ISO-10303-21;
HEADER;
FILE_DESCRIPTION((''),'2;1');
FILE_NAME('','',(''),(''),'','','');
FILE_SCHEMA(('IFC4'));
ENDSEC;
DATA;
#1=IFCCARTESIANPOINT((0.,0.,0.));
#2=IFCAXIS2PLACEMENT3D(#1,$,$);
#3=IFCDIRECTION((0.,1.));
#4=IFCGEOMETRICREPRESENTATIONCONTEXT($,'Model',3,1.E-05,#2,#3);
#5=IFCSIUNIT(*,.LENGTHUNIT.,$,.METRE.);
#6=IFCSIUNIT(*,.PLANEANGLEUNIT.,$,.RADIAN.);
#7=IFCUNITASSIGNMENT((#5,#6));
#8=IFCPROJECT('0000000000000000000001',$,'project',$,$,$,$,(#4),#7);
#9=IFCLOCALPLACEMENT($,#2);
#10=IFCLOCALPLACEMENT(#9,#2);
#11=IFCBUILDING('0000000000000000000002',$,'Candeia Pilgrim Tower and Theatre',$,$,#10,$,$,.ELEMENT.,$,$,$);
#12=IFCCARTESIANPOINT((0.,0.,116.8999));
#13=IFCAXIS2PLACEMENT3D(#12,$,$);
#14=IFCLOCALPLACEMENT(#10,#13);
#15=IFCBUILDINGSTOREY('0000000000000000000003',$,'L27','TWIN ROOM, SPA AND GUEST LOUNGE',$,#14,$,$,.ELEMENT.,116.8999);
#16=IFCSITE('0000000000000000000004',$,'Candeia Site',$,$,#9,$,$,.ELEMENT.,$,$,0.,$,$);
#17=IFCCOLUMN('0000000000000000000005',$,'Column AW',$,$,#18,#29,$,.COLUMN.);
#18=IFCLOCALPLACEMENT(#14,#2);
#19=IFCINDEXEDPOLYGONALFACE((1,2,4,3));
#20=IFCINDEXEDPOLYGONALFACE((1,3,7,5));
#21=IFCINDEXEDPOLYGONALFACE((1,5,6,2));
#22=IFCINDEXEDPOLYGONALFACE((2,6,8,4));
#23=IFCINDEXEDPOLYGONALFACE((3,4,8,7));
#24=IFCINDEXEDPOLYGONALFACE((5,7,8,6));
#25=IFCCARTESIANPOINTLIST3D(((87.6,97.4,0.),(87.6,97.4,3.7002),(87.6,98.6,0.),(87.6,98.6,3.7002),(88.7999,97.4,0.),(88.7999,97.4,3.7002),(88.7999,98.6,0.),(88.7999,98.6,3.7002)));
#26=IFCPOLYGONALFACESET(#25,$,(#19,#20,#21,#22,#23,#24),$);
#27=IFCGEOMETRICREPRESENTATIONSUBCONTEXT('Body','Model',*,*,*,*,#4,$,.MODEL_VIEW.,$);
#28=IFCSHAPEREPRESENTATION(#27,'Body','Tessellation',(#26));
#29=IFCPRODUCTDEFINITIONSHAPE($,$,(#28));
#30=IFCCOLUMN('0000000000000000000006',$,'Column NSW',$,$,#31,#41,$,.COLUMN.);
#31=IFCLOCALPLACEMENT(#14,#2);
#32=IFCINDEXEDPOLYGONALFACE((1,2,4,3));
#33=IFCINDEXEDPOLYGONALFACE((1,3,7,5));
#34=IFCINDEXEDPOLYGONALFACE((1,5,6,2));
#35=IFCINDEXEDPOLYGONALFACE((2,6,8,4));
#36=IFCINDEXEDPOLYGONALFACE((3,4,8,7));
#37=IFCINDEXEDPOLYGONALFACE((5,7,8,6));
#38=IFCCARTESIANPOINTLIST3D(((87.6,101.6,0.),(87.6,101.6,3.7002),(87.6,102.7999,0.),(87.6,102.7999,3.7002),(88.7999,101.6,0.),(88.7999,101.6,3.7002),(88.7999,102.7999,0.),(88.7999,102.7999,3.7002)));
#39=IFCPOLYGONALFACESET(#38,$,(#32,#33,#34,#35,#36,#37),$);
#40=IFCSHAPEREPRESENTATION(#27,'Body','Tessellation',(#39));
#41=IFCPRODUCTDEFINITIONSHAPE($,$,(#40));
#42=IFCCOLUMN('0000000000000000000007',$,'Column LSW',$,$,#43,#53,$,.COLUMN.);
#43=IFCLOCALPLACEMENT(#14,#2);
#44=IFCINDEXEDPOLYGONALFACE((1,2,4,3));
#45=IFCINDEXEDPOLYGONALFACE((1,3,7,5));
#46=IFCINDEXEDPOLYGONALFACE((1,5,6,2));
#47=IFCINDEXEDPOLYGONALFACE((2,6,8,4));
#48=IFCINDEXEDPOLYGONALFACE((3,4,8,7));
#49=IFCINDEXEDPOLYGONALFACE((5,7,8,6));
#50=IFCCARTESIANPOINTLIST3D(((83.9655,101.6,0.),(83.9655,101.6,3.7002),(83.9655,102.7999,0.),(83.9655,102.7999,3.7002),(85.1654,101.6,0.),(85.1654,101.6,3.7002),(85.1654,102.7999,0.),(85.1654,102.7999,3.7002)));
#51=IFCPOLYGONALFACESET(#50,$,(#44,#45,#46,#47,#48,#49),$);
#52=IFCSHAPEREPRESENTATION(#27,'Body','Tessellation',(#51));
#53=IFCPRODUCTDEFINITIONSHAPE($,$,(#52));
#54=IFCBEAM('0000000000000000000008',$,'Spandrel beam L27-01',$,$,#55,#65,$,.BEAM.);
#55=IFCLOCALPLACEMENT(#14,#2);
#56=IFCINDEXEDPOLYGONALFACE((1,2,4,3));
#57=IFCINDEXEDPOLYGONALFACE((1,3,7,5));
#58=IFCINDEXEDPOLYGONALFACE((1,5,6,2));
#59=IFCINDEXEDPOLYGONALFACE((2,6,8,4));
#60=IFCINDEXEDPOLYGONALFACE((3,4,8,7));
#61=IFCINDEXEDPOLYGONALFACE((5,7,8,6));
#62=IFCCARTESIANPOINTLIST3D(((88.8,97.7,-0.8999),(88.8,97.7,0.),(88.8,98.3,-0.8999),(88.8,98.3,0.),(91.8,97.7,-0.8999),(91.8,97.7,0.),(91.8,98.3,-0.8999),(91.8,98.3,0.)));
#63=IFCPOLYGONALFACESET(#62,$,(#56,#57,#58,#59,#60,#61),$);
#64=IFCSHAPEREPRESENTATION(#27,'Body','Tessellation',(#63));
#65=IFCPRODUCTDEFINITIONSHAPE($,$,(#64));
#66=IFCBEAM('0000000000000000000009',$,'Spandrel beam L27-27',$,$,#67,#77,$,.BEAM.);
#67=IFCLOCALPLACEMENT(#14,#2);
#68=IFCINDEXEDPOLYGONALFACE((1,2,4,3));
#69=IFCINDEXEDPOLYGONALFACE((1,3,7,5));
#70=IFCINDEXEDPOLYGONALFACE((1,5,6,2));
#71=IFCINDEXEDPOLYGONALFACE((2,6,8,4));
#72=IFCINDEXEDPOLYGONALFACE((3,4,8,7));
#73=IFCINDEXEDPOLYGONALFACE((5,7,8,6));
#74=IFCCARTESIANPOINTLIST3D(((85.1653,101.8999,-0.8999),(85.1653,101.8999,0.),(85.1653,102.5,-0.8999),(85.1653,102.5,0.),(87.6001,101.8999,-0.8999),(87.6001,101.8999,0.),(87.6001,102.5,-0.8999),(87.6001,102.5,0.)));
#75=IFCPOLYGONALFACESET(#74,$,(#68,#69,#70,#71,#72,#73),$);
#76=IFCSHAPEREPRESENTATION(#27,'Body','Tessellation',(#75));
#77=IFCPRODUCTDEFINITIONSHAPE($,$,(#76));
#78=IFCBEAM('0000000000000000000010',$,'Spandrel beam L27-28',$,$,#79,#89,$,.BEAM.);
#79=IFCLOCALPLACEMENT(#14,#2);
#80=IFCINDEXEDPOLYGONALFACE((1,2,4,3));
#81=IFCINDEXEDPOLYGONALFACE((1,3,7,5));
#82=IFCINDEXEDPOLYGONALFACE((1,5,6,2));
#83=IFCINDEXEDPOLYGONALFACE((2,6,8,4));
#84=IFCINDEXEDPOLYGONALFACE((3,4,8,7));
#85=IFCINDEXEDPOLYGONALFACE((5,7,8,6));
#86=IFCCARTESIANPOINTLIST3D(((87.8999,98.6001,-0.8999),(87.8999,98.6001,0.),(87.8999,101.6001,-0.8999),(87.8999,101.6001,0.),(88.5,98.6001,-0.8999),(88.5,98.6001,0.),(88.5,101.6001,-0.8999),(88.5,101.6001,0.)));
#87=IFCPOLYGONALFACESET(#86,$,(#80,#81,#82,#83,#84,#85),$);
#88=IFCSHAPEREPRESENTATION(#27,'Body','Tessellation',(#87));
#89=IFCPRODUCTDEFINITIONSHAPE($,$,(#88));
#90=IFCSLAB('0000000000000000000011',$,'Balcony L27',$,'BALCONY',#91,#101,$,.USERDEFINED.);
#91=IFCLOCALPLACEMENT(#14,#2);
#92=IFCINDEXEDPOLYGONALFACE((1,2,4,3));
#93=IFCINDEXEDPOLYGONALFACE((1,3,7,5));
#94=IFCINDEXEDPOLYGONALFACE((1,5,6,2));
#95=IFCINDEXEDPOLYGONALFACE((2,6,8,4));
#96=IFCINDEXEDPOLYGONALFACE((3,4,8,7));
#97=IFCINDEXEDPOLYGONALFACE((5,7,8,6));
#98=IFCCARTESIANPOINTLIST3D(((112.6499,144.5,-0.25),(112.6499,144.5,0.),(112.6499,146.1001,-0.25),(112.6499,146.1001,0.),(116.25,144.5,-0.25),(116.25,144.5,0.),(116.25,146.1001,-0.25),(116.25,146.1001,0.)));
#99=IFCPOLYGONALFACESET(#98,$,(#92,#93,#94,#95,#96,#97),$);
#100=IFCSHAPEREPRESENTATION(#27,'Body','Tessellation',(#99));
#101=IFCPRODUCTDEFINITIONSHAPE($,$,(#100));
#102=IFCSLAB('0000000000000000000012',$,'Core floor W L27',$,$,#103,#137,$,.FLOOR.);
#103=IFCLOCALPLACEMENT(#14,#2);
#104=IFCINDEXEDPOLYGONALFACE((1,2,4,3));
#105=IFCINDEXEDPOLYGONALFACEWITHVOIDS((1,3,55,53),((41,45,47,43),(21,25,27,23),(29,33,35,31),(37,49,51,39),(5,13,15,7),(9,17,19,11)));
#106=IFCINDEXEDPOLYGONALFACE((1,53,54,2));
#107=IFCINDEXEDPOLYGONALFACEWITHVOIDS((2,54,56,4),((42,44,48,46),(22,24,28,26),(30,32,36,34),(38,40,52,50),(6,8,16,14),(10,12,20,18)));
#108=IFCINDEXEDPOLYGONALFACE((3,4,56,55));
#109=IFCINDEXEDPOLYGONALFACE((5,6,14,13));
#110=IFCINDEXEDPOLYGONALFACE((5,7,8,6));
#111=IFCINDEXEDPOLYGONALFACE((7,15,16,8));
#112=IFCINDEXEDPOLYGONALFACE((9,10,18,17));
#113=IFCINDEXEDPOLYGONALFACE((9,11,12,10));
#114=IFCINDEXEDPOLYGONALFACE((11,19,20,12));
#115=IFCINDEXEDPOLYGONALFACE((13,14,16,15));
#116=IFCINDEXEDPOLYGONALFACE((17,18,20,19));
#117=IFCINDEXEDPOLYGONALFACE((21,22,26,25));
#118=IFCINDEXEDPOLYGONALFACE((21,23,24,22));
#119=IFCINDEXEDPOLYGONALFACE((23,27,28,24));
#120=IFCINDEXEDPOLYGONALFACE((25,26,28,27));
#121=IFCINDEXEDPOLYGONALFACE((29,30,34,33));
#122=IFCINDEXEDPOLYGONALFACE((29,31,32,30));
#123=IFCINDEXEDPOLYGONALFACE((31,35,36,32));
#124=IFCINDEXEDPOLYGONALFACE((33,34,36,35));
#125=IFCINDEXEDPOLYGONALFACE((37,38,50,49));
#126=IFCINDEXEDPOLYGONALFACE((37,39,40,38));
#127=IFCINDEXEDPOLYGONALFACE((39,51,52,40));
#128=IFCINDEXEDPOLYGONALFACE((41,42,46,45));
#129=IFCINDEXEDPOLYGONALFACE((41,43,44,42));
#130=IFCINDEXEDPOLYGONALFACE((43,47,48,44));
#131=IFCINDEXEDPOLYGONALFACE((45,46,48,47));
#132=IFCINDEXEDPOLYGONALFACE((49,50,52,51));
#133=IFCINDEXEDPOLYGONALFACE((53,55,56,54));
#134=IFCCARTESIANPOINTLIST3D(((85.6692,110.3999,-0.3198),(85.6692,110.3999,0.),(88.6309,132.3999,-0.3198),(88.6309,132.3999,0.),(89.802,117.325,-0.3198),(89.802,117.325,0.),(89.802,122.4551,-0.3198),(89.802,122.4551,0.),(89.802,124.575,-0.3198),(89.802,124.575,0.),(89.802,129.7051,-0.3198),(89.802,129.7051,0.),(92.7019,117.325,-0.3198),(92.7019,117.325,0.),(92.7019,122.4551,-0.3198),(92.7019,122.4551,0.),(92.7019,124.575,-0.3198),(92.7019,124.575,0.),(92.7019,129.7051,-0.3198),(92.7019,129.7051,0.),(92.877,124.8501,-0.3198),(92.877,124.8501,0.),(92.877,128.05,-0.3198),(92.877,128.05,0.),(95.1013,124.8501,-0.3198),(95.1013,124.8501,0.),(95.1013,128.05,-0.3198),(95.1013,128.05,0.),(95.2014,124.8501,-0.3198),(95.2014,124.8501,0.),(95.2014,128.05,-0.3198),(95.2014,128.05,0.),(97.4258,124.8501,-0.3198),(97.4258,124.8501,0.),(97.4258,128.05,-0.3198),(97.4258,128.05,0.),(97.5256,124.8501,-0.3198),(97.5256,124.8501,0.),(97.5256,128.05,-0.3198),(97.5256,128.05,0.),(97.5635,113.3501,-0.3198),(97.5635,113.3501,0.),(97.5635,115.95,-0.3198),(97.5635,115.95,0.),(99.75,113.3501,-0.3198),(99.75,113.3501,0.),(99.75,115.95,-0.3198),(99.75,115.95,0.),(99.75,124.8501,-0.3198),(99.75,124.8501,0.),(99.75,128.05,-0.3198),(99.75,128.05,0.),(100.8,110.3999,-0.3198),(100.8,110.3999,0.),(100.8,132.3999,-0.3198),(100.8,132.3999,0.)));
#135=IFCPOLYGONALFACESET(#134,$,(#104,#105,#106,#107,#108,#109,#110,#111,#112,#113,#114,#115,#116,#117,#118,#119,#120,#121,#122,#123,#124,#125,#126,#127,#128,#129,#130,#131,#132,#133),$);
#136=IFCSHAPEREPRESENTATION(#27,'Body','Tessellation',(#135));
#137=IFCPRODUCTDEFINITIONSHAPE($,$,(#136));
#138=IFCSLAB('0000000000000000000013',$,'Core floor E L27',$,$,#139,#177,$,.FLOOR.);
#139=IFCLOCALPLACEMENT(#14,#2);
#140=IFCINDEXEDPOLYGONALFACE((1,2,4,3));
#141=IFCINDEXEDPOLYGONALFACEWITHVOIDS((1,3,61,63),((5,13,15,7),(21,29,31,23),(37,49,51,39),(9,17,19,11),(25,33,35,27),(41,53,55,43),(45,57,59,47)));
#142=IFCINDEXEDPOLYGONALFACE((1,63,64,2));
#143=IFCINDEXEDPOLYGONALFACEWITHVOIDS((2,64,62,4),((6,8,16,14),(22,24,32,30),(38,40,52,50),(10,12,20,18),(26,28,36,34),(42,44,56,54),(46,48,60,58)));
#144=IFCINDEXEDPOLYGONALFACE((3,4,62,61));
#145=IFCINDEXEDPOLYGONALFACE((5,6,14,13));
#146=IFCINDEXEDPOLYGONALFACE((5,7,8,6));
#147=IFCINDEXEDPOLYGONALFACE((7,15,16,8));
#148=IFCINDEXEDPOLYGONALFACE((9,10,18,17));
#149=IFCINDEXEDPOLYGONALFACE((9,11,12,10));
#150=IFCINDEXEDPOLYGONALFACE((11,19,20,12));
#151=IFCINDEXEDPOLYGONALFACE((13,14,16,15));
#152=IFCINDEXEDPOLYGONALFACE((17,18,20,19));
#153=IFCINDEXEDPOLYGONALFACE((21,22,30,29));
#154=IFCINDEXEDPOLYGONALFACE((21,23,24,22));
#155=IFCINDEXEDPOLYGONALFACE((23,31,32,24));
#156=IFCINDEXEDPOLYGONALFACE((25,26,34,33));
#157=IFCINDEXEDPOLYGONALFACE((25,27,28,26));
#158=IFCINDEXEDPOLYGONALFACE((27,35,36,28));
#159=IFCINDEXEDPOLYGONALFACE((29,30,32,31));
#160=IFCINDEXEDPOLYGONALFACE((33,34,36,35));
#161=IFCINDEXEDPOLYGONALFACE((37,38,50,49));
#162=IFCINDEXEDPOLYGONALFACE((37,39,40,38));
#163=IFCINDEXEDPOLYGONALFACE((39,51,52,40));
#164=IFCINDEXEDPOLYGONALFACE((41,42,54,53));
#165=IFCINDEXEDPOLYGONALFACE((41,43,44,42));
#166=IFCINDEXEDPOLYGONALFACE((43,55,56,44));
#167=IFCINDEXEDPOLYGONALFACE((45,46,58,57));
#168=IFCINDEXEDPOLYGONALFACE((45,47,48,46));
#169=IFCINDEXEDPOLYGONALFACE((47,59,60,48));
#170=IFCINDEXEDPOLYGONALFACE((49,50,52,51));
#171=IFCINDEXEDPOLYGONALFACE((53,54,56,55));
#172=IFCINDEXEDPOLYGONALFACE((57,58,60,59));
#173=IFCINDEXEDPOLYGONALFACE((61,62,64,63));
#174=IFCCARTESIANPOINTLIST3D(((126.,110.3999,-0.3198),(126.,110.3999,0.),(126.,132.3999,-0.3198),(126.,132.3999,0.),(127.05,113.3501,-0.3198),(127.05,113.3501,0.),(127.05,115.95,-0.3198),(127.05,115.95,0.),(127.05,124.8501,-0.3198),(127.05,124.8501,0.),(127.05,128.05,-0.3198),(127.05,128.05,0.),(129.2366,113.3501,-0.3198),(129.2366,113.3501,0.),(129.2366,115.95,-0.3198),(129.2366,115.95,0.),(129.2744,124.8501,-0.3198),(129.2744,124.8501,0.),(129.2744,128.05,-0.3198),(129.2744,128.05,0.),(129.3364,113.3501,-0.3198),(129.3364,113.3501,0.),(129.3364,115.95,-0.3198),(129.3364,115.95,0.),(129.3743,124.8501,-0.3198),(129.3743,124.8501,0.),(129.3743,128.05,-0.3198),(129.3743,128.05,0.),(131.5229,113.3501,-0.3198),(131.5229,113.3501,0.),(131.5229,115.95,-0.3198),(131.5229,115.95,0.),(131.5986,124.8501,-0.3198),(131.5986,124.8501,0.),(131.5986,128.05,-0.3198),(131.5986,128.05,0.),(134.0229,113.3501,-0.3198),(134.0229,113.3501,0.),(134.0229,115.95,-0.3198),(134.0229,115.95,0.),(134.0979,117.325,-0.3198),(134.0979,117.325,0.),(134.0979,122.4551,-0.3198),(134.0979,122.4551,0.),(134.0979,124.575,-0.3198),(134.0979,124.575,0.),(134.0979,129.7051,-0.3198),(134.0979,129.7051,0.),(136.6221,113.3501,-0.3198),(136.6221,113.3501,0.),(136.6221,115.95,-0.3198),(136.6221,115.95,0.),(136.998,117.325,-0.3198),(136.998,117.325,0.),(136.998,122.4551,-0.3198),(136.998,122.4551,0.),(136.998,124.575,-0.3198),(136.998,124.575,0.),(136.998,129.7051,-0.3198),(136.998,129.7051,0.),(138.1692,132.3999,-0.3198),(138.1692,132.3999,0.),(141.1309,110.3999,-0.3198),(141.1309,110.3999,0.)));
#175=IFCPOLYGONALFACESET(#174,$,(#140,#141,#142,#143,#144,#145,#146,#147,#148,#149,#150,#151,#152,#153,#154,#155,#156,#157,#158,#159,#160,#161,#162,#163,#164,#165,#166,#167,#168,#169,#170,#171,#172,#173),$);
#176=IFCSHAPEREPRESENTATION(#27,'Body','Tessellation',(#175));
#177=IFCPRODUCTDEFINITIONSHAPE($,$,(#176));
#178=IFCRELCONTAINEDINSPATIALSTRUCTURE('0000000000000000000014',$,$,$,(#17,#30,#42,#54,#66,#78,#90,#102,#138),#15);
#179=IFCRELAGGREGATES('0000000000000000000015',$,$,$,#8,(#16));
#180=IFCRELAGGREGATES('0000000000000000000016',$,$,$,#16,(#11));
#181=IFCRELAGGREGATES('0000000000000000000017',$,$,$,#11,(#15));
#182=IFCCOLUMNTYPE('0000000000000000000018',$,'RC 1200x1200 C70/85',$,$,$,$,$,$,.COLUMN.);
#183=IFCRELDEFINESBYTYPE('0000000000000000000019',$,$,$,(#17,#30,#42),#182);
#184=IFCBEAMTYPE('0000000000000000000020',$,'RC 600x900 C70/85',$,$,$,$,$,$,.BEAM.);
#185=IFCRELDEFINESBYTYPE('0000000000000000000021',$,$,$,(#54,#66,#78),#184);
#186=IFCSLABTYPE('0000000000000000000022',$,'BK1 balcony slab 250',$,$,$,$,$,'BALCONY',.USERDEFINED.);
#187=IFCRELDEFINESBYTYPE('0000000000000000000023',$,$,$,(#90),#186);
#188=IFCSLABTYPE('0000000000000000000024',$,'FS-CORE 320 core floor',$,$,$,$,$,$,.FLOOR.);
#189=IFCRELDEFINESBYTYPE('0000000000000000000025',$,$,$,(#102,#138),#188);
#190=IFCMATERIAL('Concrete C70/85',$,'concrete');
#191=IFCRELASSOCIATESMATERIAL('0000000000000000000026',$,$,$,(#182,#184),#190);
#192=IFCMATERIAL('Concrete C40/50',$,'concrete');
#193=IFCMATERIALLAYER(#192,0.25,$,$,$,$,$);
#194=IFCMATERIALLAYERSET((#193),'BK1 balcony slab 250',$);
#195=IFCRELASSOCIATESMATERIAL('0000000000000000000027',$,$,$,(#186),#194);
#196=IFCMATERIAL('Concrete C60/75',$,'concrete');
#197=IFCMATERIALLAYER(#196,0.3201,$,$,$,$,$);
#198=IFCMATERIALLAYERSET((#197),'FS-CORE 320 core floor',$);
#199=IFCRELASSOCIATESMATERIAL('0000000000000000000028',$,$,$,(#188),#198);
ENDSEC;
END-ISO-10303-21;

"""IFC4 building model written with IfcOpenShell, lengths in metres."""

from ifc_helpers import new_model, si_unit, direction, frame, origin, origin_2d, place, context, subcontext, project, spatial, polyline, rectangle, outline, extrude, material, layer, layer_set, material_profile, profile_set, type_object, element, save


model = new_model("IFC4")

# Units and contexts
model_context = context("Model", 3, precision=1e-05, world=origin(), true_north=direction((0.0, 1.0)))
body_context = subcontext(model_context, "Body", "Model", "MODEL_VIEW")
ifc_project = project(units=[si_unit("LENGTHUNIT", "METRE"), si_unit("PLANEANGLEUNIT", "RADIAN")], contexts=[model_context])

# Site, building, storey
site_placement = place(None, origin())
site = spatial("IfcSite", under=ifc_project, at=site_placement, Name="Candeia Site", CompositionType="ELEMENT", RefElevation=0.0)
building_placement = place(site_placement, origin())
building = spatial("IfcBuilding", under=site, at=building_placement, Name="Candeia Pilgrim Tower and Theatre", CompositionType="ELEMENT")
storey_placement = place(building_placement, frame((0.0, 0.0, 116.8999)))
storey = spatial("IfcBuildingStorey", under=building, at=storey_placement, Name="L27", Description="TWIN ROOM, SPA AND GUEST LOUNGE", CompositionType="ELEMENT", Elevation=116.8999)

# Columns
ifc_material_1 = material(Name="Concrete C70/85", Category="concrete")
ifc_material_profile_1 = material_profile(ifc_material_1, rectangle(XDim=1.2, YDim=1.2, at=origin_2d()))
ifc_profile_set_1 = profile_set([ifc_material_profile_1], Name="Concrete C70/85")
column_type = type_object("IfcColumnType", Name="RC 1200x1200 C70/85", PredefinedType="COLUMN", material=ifc_profile_set_1)
for number, where, z_axis, x_axis, name in (
    (1, (88.2, 98.0, 0.0), (0.0, 0.0, 1.0), (1.0, 0.0, 0.0), "Column AW"),
    (2, (88.2, 102.2, 0.0), (0.0, 0.0, 1.0), (1.0, 0.0, 0.0), "Column NSW"),
    (3, (84.5654, 102.2, 0.0), (0.0, 0.0, 1.0), (1.0, 0.0, 0.0), "Column LSW"),
):
    element("IfcColumn", number, at=place(storey_placement, frame(where, z_axis=z_axis, x_axis=x_axis)), inside=storey, type_object=column_type, Name=name, PredefinedType="COLUMN", context=body_context, shape_type="SweptSolid", body=[
        extrude(rectangle(XDim=1.2, YDim=1.2, at=origin_2d()), origin(), (0.0, 0.0, 1.0), 3.7002),
    ])

# Beams
ifc_material_profile_2 = material_profile(ifc_material_1, rectangle(XDim=0.6001, YDim=0.8999, at=origin_2d()))
ifc_profile_set_2 = profile_set([ifc_material_profile_2], Name="Concrete C70/85")
beam_type = type_object("IfcBeamType", Name="RC 600x900 C70/85", PredefinedType="BEAM", material=ifc_profile_set_2)
beam_1_placement = place(storey_placement, frame((88.8, 98.0, -0.45), z_axis=(1.0, 0.0, 0.0), x_axis=(0.0, 1.0, 0.0)))
element("IfcBeam", 4, at=beam_1_placement, inside=storey, type_object=beam_type, Name="Spandrel beam L27-01", PredefinedType="BEAM", context=body_context, shape_type="SweptSolid", body=[
    extrude(rectangle(XDim=0.6001, YDim=0.8999, at=origin_2d()), origin(), (0.0, 0.0, 1.0), 3.0),
])
beam_2_placement = place(storey_placement, frame((85.1653, 102.2, -0.45), z_axis=(1.0, 0.0, 0.0), x_axis=(0.0, 1.0, 0.0)))
element("IfcBeam", 5, at=beam_2_placement, inside=storey, type_object=beam_type, Name="Spandrel beam L27-27", PredefinedType="BEAM", context=body_context, shape_type="SweptSolid", body=[
    extrude(rectangle(XDim=0.6001, YDim=0.8999, at=origin_2d()), origin(), (0.0, 0.0, 1.0), 2.4348),
])
beam_3_placement = place(storey_placement, frame((88.2, 101.6001, -0.45), z_axis=(0.0, -1.0, 0.0), x_axis=(1.0, 0.0, 0.0)))
element("IfcBeam", 6, at=beam_3_placement, inside=storey, type_object=beam_type, Name="Spandrel beam L27-28", PredefinedType="BEAM", context=body_context, shape_type="SweptSolid", body=[
    extrude(rectangle(XDim=0.6001, YDim=0.8999, at=origin_2d()), origin(), (0.0, 0.0, 1.0), 3.0),
])

# Slabs
ifc_material_2 = material(Name="Concrete C40/50", Category="concrete")
ifc_layer_1 = layer(ifc_material_2, 0.25)
ifc_layer_set_1 = layer_set([ifc_layer_1], Name="BK1 balcony slab 250")
slab_type_1 = type_object("IfcSlabType", Name="BK1 balcony slab 250", ElementType="BALCONY", PredefinedType="USERDEFINED", material=ifc_layer_set_1)
slab_1_placement = place(storey_placement, frame((0.0, 0.0, -0.25)))
element("IfcSlab", 7, at=slab_1_placement, inside=storey, type_object=slab_type_1, Name="Balcony L27", ObjectType="BALCONY", PredefinedType="USERDEFINED", context=body_context, shape_type="SweptSolid", body=[
    extrude(outline(polyline([(112.6499, 144.5), (116.25, 144.5), (116.25, 146.1001), (112.6499, 146.1001), (112.6499, 144.5)])), origin(), (0.0, 0.0, 1.0), 0.25),
])
ifc_material_3 = material(Name="Concrete C60/75", Category="concrete")
ifc_layer_2 = layer(ifc_material_3, 0.3201)
ifc_layer_set_2 = layer_set([ifc_layer_2], Name="FS-CORE 320 core floor")
slab_type_2 = type_object("IfcSlabType", Name="FS-CORE 320 core floor", PredefinedType="FLOOR", material=ifc_layer_set_2)
slab_2_placement = place(storey_placement, frame((0.0, 0.0, -0.3198)))
element("IfcSlab", 8, at=slab_2_placement, inside=storey, type_object=slab_type_2, Name="Core floor W L27", PredefinedType="FLOOR", context=body_context, shape_type="SweptSolid", body=[
    extrude(outline(polyline([(100.8, 132.3999), (100.8, 110.3999), (85.6692, 110.3999), (88.6309, 132.3999), (100.8, 132.3999)]), holes=[polyline([(97.5256, 128.05), (97.5256, 124.8501), (99.75, 124.8501), (99.75, 128.05), (97.5256, 128.05)]), polyline([(97.5635, 113.3501), (99.75, 113.3501), (99.75, 115.95), (97.5635, 115.95), (97.5635, 113.3501)]), polyline([(95.2014, 124.8501), (97.4258, 124.8501), (97.4258, 128.05), (95.2014, 128.05), (95.2014, 124.8501)]), polyline([(92.877, 128.05), (92.877, 124.8501), (95.1013, 124.8501), (95.1013, 128.05), (92.877, 128.05)]), polyline([(89.802, 122.4551), (89.802, 117.325), (92.7019, 117.325), (92.7019, 122.4551), (89.802, 122.4551)]), polyline([(89.802, 129.7051), (89.802, 124.575), (92.7019, 124.575), (92.7019, 129.7051), (89.802, 129.7051)])]), origin(), (0.0, 0.0, 1.0), 0.3198),
])
slab_3_placement = place(storey_placement, frame((0.0, 0.0, -0.3198)))
element("IfcSlab", 9, at=slab_3_placement, inside=storey, type_object=slab_type_2, Name="Core floor E L27", PredefinedType="FLOOR", context=body_context, shape_type="SweptSolid", body=[
    extrude(outline(polyline([(138.1692, 132.3999), (141.1309, 110.3999), (126.0, 110.3999), (126.0, 132.3999), (138.1692, 132.3999)]), holes=[polyline([(134.0979, 122.4551), (134.0979, 117.325), (136.998, 117.325), (136.998, 122.4551), (134.0979, 122.4551)]), polyline([(134.0979, 129.7051), (134.0979, 124.575), (136.998, 124.575), (136.998, 129.7051), (134.0979, 129.7051)]), polyline([(136.6221, 115.95), (134.0229, 115.95), (134.0229, 113.3501), (136.6221, 113.3501), (136.6221, 115.95)]), polyline([(131.5986, 128.05), (129.3743, 128.05), (129.3743, 124.8501), (131.5986, 124.8501), (131.5986, 128.05)]), polyline([(131.5229, 115.95), (129.3364, 115.95), (129.3364, 113.3501), (131.5229, 113.3501), (131.5229, 115.95)]), polyline([(129.2744, 128.05), (127.05, 128.05), (127.05, 124.8501), (129.2744, 124.8501), (129.2744, 128.05)]), polyline([(127.05, 115.95), (127.05, 113.3501), (129.2366, 113.3501), (129.2366, 115.95), (127.05, 115.95)])]), origin(), (0.0, 0.0, 1.0), 0.3198),
])

save(model, "model.ifc")
